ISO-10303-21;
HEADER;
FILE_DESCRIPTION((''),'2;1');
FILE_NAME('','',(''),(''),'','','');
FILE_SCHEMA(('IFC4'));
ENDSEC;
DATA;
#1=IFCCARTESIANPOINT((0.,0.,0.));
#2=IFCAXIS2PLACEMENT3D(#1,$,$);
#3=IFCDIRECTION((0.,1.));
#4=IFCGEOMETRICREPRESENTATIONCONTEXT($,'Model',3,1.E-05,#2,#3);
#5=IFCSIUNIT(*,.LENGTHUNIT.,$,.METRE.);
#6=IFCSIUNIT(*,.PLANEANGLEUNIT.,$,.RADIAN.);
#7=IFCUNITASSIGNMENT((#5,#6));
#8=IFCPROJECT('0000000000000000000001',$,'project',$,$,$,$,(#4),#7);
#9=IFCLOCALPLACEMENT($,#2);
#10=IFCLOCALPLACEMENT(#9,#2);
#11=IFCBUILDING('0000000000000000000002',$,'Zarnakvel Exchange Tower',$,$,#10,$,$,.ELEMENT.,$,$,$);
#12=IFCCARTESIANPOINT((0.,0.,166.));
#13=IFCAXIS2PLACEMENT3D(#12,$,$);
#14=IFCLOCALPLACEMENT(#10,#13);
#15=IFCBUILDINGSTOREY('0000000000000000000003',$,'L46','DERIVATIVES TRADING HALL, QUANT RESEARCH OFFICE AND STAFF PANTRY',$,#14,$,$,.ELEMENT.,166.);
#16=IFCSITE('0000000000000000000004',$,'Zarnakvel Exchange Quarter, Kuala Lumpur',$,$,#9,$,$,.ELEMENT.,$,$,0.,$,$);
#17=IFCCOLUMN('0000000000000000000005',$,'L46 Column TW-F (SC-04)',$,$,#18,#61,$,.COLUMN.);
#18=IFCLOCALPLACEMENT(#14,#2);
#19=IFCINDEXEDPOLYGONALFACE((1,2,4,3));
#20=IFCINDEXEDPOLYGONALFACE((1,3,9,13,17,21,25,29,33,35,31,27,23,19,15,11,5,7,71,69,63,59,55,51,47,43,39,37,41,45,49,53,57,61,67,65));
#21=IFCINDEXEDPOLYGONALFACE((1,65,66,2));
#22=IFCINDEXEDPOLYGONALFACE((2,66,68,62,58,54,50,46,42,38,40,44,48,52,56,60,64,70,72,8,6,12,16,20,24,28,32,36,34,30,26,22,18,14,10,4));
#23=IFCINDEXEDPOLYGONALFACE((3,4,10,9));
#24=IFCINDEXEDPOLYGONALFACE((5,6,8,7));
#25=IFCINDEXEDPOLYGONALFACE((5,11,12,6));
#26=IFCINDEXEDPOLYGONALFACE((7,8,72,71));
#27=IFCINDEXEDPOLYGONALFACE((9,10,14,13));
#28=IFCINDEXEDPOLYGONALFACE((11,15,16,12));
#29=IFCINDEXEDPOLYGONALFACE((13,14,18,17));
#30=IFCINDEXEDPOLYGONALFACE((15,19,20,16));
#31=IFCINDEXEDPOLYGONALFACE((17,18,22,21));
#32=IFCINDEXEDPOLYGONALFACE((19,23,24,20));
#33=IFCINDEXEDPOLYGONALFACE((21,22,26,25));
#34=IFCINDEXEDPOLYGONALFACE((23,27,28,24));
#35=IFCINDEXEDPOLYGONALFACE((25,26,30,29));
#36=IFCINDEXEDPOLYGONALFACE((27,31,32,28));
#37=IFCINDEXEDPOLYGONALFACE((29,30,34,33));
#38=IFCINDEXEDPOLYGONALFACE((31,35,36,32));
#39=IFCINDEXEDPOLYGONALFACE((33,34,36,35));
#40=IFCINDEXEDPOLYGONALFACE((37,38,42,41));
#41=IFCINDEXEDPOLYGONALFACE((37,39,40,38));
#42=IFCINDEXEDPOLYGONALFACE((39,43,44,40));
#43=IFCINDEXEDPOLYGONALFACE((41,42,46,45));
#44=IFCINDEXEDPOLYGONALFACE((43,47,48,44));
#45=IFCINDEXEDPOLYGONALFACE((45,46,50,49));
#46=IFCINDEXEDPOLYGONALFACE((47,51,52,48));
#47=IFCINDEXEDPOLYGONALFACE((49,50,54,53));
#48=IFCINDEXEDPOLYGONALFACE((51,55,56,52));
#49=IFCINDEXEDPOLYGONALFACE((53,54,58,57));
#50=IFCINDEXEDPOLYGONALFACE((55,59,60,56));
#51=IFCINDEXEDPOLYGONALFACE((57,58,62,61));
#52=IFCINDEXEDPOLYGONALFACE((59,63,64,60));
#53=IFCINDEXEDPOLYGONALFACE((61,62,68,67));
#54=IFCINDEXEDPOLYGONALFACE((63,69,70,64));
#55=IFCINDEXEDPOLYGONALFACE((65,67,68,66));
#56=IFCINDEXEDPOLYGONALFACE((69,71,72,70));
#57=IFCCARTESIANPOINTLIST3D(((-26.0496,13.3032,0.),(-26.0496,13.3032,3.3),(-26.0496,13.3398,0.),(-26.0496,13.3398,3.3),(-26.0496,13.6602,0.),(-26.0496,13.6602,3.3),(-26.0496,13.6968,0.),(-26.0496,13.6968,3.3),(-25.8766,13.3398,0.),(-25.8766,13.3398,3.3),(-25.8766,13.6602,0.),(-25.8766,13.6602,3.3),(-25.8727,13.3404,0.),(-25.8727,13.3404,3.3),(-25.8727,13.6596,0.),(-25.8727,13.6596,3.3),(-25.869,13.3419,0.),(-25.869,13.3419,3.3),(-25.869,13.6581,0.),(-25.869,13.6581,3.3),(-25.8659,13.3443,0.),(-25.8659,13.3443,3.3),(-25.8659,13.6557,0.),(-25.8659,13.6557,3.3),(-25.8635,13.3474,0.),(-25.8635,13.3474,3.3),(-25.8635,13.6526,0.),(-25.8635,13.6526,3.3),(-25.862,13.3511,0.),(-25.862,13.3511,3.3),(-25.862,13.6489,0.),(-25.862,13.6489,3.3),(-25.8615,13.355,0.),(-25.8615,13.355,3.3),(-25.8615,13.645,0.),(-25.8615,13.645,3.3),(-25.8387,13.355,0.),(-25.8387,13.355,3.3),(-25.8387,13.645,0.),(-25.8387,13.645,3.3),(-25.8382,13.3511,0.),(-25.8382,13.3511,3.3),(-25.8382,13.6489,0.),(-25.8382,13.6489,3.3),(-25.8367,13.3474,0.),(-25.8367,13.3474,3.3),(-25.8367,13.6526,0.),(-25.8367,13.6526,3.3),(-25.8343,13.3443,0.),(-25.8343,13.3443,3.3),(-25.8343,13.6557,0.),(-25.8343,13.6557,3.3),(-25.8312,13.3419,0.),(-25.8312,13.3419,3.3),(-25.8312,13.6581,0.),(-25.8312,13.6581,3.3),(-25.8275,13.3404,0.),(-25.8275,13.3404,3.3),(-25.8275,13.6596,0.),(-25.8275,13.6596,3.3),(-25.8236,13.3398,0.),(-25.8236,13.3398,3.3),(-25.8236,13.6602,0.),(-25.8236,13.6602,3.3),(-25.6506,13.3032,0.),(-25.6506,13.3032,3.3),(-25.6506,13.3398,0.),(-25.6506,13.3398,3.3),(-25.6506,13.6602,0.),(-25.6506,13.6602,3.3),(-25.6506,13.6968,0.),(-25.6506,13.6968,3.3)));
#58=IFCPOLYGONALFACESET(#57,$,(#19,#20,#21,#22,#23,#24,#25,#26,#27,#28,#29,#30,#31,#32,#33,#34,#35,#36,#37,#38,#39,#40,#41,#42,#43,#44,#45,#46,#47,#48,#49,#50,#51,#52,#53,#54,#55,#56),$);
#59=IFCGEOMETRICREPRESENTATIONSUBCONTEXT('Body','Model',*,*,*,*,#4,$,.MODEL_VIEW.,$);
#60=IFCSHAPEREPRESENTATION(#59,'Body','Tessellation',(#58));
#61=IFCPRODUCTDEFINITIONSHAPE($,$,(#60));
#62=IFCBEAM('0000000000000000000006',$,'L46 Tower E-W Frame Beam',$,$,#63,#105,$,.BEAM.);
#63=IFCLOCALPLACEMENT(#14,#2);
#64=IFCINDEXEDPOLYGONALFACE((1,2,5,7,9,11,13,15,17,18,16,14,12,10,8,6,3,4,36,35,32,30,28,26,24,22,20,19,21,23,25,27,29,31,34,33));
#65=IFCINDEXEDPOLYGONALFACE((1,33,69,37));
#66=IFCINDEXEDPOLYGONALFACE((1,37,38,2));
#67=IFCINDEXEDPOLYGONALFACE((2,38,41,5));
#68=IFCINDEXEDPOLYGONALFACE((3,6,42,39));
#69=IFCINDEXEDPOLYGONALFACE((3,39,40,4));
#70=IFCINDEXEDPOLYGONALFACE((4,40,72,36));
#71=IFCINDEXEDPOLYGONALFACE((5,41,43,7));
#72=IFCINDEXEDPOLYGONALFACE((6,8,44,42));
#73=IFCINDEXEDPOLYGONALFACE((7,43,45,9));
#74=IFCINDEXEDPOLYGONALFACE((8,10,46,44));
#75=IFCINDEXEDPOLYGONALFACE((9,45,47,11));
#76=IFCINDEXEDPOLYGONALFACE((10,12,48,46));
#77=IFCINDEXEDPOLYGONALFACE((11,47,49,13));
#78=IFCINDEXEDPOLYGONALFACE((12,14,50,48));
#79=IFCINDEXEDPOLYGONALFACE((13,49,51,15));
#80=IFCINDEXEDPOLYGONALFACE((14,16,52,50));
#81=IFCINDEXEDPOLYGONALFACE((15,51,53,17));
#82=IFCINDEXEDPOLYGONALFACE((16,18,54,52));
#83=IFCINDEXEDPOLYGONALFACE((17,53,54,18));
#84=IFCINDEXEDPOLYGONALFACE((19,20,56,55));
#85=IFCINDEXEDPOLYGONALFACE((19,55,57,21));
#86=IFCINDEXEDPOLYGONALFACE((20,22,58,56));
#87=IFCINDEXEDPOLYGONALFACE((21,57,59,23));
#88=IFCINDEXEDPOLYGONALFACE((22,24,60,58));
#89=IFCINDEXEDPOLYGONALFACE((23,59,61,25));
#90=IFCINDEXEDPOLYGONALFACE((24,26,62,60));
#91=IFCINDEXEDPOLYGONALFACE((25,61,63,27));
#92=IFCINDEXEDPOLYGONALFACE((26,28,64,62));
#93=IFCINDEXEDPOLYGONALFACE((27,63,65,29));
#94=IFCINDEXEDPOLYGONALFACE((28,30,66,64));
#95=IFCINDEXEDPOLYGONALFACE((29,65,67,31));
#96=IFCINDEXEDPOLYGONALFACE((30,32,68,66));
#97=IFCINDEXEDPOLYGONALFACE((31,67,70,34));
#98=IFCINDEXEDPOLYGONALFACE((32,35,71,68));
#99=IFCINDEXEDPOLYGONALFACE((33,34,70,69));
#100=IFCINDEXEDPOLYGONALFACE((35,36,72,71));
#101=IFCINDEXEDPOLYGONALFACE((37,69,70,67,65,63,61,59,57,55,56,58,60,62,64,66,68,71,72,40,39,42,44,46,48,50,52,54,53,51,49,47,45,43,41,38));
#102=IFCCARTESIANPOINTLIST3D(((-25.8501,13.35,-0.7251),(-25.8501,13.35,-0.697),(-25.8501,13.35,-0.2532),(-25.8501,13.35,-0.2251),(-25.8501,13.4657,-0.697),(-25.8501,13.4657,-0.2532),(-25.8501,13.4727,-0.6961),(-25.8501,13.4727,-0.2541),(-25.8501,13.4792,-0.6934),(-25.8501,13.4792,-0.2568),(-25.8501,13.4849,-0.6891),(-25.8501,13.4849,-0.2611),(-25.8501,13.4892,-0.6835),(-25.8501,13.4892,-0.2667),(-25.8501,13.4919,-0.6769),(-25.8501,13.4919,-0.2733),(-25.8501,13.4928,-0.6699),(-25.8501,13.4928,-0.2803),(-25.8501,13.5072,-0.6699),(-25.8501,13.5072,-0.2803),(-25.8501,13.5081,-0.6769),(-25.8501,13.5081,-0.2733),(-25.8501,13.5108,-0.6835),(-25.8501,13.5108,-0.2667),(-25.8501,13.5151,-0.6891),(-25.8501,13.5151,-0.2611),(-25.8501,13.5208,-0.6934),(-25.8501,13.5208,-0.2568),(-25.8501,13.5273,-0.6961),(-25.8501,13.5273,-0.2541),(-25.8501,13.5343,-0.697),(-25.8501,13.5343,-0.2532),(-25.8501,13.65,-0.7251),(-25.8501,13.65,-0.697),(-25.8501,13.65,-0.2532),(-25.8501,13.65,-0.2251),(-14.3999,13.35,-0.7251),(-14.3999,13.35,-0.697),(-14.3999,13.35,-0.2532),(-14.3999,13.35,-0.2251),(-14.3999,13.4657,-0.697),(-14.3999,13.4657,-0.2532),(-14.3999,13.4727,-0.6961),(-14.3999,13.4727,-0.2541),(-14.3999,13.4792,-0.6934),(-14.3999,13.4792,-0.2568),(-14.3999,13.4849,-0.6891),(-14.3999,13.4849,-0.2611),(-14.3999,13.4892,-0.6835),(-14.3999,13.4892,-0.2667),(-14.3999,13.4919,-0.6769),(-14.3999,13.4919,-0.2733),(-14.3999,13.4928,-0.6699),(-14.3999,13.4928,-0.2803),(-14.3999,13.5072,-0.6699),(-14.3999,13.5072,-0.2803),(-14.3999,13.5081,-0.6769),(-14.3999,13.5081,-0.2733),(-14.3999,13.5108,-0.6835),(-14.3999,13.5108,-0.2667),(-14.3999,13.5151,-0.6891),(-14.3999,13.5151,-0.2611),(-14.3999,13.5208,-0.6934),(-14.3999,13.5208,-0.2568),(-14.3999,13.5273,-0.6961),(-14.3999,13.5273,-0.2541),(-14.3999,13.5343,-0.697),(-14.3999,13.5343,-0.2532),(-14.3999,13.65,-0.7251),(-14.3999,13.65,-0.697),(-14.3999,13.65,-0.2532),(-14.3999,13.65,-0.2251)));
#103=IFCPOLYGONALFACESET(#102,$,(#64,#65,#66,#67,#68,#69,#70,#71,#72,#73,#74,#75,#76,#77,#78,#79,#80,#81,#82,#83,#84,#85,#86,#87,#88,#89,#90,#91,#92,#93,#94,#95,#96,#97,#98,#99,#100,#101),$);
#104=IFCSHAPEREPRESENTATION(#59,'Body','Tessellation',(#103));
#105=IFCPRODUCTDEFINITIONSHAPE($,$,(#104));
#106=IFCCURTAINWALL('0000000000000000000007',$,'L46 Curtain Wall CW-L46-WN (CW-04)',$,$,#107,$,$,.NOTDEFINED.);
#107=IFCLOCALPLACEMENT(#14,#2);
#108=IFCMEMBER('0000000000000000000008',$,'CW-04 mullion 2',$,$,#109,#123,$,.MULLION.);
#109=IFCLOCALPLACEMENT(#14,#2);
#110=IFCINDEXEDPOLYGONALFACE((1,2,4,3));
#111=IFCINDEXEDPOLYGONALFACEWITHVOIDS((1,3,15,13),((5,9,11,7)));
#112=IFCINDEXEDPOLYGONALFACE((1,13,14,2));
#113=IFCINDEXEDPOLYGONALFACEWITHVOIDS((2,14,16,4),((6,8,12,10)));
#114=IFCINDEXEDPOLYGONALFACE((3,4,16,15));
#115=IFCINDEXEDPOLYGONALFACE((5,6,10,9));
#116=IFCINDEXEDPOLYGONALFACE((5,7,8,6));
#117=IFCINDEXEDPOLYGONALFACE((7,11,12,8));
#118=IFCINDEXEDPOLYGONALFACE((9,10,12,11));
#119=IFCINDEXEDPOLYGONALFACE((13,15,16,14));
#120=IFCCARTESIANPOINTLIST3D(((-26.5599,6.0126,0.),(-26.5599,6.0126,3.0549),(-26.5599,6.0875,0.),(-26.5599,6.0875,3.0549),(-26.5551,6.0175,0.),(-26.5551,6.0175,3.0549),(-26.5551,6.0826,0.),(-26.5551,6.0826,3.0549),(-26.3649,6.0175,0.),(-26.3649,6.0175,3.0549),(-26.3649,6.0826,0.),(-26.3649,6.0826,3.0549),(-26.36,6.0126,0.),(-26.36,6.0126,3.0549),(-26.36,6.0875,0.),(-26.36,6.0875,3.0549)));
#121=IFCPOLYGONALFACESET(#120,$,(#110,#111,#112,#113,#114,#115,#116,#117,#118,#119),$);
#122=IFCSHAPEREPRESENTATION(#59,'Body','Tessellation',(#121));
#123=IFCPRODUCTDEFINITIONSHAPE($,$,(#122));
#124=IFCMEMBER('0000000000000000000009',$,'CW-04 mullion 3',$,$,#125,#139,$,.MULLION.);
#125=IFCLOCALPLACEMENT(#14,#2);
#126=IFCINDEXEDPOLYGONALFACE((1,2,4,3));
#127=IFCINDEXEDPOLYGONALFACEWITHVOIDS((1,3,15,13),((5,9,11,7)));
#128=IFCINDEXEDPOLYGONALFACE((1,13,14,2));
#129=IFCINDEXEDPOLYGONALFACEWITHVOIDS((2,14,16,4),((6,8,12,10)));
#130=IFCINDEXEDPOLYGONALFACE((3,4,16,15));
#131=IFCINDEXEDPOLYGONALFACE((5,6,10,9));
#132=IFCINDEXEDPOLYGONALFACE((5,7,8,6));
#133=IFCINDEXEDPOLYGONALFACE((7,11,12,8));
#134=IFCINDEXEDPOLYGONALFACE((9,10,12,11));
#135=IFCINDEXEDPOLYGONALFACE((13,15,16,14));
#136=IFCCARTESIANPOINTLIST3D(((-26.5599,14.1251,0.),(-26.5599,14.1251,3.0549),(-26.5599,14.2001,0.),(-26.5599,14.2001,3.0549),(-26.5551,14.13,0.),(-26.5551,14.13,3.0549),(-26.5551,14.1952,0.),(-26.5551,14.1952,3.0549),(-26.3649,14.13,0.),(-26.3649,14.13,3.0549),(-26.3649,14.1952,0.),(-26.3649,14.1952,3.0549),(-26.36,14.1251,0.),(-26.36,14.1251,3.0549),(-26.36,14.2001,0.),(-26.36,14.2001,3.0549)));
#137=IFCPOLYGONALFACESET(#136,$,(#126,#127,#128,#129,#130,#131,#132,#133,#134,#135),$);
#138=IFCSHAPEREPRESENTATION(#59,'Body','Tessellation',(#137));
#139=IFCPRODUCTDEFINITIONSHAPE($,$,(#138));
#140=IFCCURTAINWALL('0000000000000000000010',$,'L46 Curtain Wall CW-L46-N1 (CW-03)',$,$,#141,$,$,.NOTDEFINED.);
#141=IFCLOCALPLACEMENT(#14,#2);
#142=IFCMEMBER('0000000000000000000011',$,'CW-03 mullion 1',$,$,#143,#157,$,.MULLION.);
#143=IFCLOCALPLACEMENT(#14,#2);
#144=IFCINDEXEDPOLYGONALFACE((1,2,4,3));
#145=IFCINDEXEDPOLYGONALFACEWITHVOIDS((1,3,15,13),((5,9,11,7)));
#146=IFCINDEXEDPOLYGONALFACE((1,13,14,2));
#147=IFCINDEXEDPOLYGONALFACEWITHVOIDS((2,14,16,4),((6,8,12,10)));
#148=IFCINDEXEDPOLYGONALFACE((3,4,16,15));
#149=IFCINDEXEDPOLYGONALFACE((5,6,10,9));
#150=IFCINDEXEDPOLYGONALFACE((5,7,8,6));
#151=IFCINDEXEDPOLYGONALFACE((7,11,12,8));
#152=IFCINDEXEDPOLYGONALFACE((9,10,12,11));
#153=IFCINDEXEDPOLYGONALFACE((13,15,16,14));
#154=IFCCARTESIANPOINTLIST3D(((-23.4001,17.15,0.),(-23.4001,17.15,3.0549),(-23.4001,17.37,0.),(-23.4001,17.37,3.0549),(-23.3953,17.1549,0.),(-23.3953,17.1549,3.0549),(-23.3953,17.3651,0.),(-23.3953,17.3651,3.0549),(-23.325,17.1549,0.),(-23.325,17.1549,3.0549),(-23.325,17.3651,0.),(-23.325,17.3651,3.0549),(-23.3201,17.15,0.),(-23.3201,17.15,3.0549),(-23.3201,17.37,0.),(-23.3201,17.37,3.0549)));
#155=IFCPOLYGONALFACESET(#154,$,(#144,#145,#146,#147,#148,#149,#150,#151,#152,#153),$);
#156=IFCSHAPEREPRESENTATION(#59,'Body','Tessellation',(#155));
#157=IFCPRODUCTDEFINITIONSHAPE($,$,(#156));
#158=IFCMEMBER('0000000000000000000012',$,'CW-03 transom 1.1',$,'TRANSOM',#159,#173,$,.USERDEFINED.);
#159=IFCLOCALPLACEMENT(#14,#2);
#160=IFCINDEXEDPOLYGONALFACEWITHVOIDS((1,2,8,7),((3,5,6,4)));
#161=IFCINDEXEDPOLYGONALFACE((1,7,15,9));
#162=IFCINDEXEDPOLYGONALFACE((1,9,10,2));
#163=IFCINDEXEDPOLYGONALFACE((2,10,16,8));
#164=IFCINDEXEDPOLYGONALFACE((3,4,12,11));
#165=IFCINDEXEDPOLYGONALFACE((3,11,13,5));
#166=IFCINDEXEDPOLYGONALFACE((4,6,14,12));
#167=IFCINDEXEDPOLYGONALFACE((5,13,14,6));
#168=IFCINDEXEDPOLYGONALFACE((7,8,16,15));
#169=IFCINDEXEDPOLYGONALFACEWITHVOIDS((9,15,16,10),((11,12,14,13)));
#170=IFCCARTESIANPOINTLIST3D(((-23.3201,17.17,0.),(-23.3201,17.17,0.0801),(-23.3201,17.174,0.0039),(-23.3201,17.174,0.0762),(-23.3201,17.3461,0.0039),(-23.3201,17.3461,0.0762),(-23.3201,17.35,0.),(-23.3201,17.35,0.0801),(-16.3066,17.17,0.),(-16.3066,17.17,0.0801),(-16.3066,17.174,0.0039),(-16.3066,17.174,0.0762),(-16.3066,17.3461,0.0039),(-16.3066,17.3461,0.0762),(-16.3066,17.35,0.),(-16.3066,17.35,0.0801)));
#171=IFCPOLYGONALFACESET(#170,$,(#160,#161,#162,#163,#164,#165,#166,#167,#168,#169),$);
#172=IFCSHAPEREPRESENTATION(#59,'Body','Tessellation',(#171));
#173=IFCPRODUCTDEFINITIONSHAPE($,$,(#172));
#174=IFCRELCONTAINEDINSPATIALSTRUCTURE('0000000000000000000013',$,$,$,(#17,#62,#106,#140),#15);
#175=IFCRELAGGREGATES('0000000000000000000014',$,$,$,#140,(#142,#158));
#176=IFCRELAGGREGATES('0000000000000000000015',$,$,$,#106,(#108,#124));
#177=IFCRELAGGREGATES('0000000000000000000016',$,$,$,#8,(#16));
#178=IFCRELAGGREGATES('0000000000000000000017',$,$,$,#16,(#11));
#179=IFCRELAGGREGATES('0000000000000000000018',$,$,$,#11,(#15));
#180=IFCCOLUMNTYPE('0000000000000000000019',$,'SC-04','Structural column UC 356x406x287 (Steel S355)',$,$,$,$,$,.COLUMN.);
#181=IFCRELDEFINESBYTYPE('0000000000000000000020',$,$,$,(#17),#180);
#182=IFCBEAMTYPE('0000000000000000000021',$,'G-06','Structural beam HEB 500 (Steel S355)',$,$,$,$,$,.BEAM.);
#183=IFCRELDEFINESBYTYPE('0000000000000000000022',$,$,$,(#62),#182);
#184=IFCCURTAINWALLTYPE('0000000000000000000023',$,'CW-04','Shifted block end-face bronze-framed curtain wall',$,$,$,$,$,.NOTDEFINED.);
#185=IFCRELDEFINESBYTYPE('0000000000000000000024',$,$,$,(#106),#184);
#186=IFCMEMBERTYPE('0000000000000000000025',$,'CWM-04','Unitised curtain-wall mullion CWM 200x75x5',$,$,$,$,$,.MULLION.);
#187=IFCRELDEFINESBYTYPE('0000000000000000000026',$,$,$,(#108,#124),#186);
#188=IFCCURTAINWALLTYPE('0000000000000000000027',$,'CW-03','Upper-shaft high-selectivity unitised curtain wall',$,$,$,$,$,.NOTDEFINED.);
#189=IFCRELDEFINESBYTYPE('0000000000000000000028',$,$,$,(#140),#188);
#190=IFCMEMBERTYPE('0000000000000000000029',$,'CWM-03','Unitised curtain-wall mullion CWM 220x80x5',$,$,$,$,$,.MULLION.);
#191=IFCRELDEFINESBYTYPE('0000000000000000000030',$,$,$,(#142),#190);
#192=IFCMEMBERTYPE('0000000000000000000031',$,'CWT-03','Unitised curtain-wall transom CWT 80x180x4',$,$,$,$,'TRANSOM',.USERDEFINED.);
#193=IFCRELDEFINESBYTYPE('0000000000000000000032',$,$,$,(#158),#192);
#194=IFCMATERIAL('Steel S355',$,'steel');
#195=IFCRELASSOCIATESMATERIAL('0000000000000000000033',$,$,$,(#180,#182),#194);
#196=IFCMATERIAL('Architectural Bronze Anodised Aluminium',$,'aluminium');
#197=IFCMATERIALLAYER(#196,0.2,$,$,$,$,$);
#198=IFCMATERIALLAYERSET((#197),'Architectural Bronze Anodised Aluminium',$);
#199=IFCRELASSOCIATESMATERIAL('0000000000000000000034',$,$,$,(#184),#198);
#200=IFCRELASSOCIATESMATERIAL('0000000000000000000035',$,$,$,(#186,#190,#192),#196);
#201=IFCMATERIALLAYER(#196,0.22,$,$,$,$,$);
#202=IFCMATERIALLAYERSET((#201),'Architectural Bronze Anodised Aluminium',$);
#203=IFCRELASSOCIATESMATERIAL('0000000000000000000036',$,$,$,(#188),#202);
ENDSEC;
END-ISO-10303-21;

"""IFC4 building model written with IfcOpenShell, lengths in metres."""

from ifc_helpers import new_model, si_unit, direction, frame, origin, origin_2d, place, context, subcontext, project, spatial, hollow_rectangle, i_section, extrude, source, transform, mapped, material, layer, layer_set, material_profile, profile_set, type_object, element, aggregate, save


model = new_model("IFC4")

# Units and contexts
model_context = context("Model", 3, precision=1e-05, world=origin(), true_north=direction((0.0, 1.0)))
body_context = subcontext(model_context, "Body", "Model", "MODEL_VIEW")
ifc_project = project(units=[si_unit("LENGTHUNIT", "METRE"), si_unit("PLANEANGLEUNIT", "RADIAN")], contexts=[model_context])

# Site, building, storey
site_placement = place(None, origin())
site = spatial("IfcSite", under=ifc_project, at=site_placement, Name="Zarnakvel Exchange Quarter, Kuala Lumpur", CompositionType="ELEMENT", RefElevation=0.0)
building_placement = place(site_placement, origin())
building = spatial("IfcBuilding", under=site, at=building_placement, Name="Zarnakvel Exchange Tower", CompositionType="ELEMENT")
storey_placement = place(building_placement, frame((0.0, 0.0, 166.0)))
storey = spatial("IfcBuildingStorey", under=building, at=storey_placement, Name="L46", Description="DERIVATIVES TRADING HALL, QUANT RESEARCH OFFICE AND STAFF PANTRY", CompositionType="ELEMENT", Elevation=166.0)

# Column
ifc_material_1 = material(Name="Steel S355", Category="steel")
ifc_material_profile_1 = material_profile(ifc_material_1, i_section(OverallWidth=0.3989, OverallDepth=0.3936, WebThickness=0.0227, FlangeThickness=0.0366, FilletRadius=0.0151, at=origin_2d()))
ifc_profile_set_1 = profile_set([ifc_material_profile_1], Name="Steel S355")
column_type = type_object("IfcColumnType", Name="SC-04", Description="Structural column UC 356x406x287 (Steel S355)", PredefinedType="COLUMN", material=ifc_profile_set_1)
column_placement = place(storey_placement, frame((-25.8501, 13.5, 0.0), z_axis=(0.0, 0.0, 1.0), x_axis=(1.0, 0.0, 0.0)))
element("IfcColumn", 1, at=column_placement, inside=storey, type_object=column_type, Name="L46 Column TW-F (SC-04)", PredefinedType="COLUMN", context=body_context, shape_type="SweptSolid", body=[
    extrude(i_section(OverallWidth=0.3989, OverallDepth=0.3936, WebThickness=0.0227, FlangeThickness=0.0366, FilletRadius=0.0151, at=origin_2d()), origin(), (0.0, 0.0, 1.0), 3.3),
])

# Beam
ifc_material_profile_2 = material_profile(ifc_material_1, i_section(OverallWidth=0.3, OverallDepth=0.5, WebThickness=0.0144, FlangeThickness=0.0281, FilletRadius=0.0271, at=origin_2d()))
ifc_profile_set_2 = profile_set([ifc_material_profile_2], Name="Steel S355")
beam_type = type_object("IfcBeamType", Name="G-06", Description="Structural beam HEB 500 (Steel S355)", PredefinedType="BEAM", material=ifc_profile_set_2)
beam_placement = place(storey_placement, frame((-25.8501, 13.5, -0.4751), z_axis=(1.0, 0.0, 0.0), x_axis=(0.0, 1.0, 0.0)))
element("IfcBeam", 2, at=beam_placement, inside=storey, type_object=beam_type, Name="L46 Tower E-W Frame Beam", PredefinedType="BEAM", context=body_context, shape_type="SweptSolid", body=[
    extrude(i_section(OverallWidth=0.3, OverallDepth=0.5, WebThickness=0.0144, FlangeThickness=0.0281, FilletRadius=0.0271, at=origin_2d()), origin(), (0.0, 0.0, 1.0), 11.4502),
])

# Curtain walls, members
ifc_material_2 = material(Name="Architectural Bronze Anodised Aluminium", Category="aluminium")
ifc_layer_1 = layer(ifc_material_2, 0.2)
ifc_layer_set_1 = layer_set([ifc_layer_1], Name="Architectural Bronze Anodised Aluminium")
curtain_wall_type_1 = type_object("IfcCurtainWallType", Name="CW-04", Description="Shifted block end-face bronze-framed curtain wall", PredefinedType="NOTDEFINED", material=ifc_layer_set_1)
curtain_wall_1_placement = place(storey_placement, origin())
curtain_wall_1 = element("IfcCurtainWall", 3, at=curtain_wall_1_placement, inside=storey, type_object=curtain_wall_type_1, Name="L46 Curtain Wall CW-L46-WN (CW-04)", PredefinedType="NOTDEFINED")
ifc_material_profile_3 = material_profile(ifc_material_2, hollow_rectangle(XDim=0.2, YDim=0.075, WallThickness=0.0049, at=origin_2d()))
ifc_profile_set_3 = profile_set([ifc_material_profile_3], Name="Architectural Bronze Anodised Aluminium")
member_type_1 = type_object("IfcMemberType", Name="CWM-04", Description="Unitised curtain-wall mullion CWM 200x75x5", PredefinedType="MULLION", material=ifc_profile_set_3)
shared_shape_1 = source(origin(), body_context, "Body", "SweptSolid", [
    extrude(hollow_rectangle(XDim=0.2, YDim=0.075, WallThickness=0.0049, at=origin_2d()), origin(), (0.0, 0.0, 1.0), 3.0549),
])
member_1_placement = place(storey_placement, frame((-26.46, 6.05, 0.0), z_axis=(0.0, 0.0, 1.0), x_axis=(-1.0, 0.0, 0.0)))
member_1 = element("IfcMember", 4, at=member_1_placement, type_object=member_type_1, Name="CW-04 mullion 2", PredefinedType="MULLION", context=body_context, shape_type="MappedRepresentation", body=[
    mapped(shared_shape_1, transform((0.0, 0.0, 0.0), x_axis=(1.0, 0.0, 0.0), y_axis=(0.0, 1.0, 0.0), z_axis=(0.0, 0.0, 1.0), scale=1.0)),
])
member_2_placement = place(storey_placement, frame((-26.46, 14.1626, 0.0), z_axis=(0.0, 0.0, 1.0), x_axis=(-1.0, 0.0, 0.0)))
member_2 = element("IfcMember", 5, at=member_2_placement, type_object=member_type_1, Name="CW-04 mullion 3", PredefinedType="MULLION", context=body_context, shape_type="MappedRepresentation", body=[
    mapped(shared_shape_1, transform((0.0, 0.0, 0.0), x_axis=(1.0, 0.0, 0.0), y_axis=(0.0, 1.0, 0.0), z_axis=(0.0, 0.0, 1.0), scale=1.0)),
])
ifc_layer_2 = layer(ifc_material_2, 0.22)
ifc_layer_set_2 = layer_set([ifc_layer_2], Name="Architectural Bronze Anodised Aluminium")
curtain_wall_type_2 = type_object("IfcCurtainWallType", Name="CW-03", Description="Upper-shaft high-selectivity unitised curtain wall", PredefinedType="NOTDEFINED", material=ifc_layer_set_2)
curtain_wall_2_placement = place(storey_placement, origin())
curtain_wall_2 = element("IfcCurtainWall", 6, at=curtain_wall_2_placement, inside=storey, type_object=curtain_wall_type_2, Name="L46 Curtain Wall CW-L46-N1 (CW-03)", PredefinedType="NOTDEFINED")
ifc_material_profile_4 = material_profile(ifc_material_2, hollow_rectangle(XDim=0.22, YDim=0.0801, WallThickness=0.0049, at=origin_2d()))
ifc_profile_set_4 = profile_set([ifc_material_profile_4], Name="Architectural Bronze Anodised Aluminium")
member_type_2 = type_object("IfcMemberType", Name="CWM-03", Description="Unitised curtain-wall mullion CWM 220x80x5", PredefinedType="MULLION", material=ifc_profile_set_4)
shared_shape_2 = source(origin(), body_context, "Body", "SweptSolid", [
    extrude(hollow_rectangle(XDim=0.22, YDim=0.0801, WallThickness=0.0049, at=origin_2d()), origin(), (0.0, 0.0, 1.0), 3.0549),
])
member_3_placement = place(storey_placement, frame((-23.3601, 17.26, 0.0), z_axis=(0.0, 0.0, 1.0), x_axis=(0.0, 1.0, 0.0)))
member_3 = element("IfcMember", 7, at=member_3_placement, type_object=member_type_2, Name="CW-03 mullion 1", PredefinedType="MULLION", context=body_context, shape_type="MappedRepresentation", body=[
    mapped(shared_shape_2, transform((0.0, 0.0, 0.0), x_axis=(1.0, 0.0, 0.0), y_axis=(0.0, 1.0, 0.0), z_axis=(0.0, 0.0, 1.0), scale=1.0)),
])
ifc_material_profile_5 = material_profile(ifc_material_2, hollow_rectangle(XDim=0.1799, YDim=0.0801, WallThickness=0.0039, at=origin_2d()))
ifc_profile_set_5 = profile_set([ifc_material_profile_5], Name="Architectural Bronze Anodised Aluminium")
member_type_3 = type_object("IfcMemberType", Name="CWT-03", Description="Unitised curtain-wall transom CWT 80x180x4", ElementType="TRANSOM", PredefinedType="USERDEFINED", material=ifc_profile_set_5)
shared_shape_3 = source(origin(), body_context, "Body", "SweptSolid", [
    extrude(hollow_rectangle(XDim=0.1799, YDim=0.0801, WallThickness=0.0039, at=origin_2d()), origin(), (0.0, 0.0, 1.0), 7.0134),
])
member_4_placement = place(storey_placement, frame((-23.3201, 17.26, 0.04), z_axis=(1.0, 0.0, 0.0), x_axis=(0.0, 1.0, 0.0)))
member_4 = element("IfcMember", 8, at=member_4_placement, type_object=member_type_3, Name="CW-03 transom 1.1", ObjectType="TRANSOM", PredefinedType="USERDEFINED", context=body_context, shape_type="MappedRepresentation", body=[
    mapped(shared_shape_3, transform((0.0, 0.0, 0.0), x_axis=(1.0, 0.0, 0.0), y_axis=(0.0, 1.0, 0.0), z_axis=(0.0, 0.0, 1.0), scale=1.0)),
])

aggregate(curtain_wall_2, [member_3, member_4])
aggregate(curtain_wall_1, [member_1, member_2])

save(model, "model.ifc")
